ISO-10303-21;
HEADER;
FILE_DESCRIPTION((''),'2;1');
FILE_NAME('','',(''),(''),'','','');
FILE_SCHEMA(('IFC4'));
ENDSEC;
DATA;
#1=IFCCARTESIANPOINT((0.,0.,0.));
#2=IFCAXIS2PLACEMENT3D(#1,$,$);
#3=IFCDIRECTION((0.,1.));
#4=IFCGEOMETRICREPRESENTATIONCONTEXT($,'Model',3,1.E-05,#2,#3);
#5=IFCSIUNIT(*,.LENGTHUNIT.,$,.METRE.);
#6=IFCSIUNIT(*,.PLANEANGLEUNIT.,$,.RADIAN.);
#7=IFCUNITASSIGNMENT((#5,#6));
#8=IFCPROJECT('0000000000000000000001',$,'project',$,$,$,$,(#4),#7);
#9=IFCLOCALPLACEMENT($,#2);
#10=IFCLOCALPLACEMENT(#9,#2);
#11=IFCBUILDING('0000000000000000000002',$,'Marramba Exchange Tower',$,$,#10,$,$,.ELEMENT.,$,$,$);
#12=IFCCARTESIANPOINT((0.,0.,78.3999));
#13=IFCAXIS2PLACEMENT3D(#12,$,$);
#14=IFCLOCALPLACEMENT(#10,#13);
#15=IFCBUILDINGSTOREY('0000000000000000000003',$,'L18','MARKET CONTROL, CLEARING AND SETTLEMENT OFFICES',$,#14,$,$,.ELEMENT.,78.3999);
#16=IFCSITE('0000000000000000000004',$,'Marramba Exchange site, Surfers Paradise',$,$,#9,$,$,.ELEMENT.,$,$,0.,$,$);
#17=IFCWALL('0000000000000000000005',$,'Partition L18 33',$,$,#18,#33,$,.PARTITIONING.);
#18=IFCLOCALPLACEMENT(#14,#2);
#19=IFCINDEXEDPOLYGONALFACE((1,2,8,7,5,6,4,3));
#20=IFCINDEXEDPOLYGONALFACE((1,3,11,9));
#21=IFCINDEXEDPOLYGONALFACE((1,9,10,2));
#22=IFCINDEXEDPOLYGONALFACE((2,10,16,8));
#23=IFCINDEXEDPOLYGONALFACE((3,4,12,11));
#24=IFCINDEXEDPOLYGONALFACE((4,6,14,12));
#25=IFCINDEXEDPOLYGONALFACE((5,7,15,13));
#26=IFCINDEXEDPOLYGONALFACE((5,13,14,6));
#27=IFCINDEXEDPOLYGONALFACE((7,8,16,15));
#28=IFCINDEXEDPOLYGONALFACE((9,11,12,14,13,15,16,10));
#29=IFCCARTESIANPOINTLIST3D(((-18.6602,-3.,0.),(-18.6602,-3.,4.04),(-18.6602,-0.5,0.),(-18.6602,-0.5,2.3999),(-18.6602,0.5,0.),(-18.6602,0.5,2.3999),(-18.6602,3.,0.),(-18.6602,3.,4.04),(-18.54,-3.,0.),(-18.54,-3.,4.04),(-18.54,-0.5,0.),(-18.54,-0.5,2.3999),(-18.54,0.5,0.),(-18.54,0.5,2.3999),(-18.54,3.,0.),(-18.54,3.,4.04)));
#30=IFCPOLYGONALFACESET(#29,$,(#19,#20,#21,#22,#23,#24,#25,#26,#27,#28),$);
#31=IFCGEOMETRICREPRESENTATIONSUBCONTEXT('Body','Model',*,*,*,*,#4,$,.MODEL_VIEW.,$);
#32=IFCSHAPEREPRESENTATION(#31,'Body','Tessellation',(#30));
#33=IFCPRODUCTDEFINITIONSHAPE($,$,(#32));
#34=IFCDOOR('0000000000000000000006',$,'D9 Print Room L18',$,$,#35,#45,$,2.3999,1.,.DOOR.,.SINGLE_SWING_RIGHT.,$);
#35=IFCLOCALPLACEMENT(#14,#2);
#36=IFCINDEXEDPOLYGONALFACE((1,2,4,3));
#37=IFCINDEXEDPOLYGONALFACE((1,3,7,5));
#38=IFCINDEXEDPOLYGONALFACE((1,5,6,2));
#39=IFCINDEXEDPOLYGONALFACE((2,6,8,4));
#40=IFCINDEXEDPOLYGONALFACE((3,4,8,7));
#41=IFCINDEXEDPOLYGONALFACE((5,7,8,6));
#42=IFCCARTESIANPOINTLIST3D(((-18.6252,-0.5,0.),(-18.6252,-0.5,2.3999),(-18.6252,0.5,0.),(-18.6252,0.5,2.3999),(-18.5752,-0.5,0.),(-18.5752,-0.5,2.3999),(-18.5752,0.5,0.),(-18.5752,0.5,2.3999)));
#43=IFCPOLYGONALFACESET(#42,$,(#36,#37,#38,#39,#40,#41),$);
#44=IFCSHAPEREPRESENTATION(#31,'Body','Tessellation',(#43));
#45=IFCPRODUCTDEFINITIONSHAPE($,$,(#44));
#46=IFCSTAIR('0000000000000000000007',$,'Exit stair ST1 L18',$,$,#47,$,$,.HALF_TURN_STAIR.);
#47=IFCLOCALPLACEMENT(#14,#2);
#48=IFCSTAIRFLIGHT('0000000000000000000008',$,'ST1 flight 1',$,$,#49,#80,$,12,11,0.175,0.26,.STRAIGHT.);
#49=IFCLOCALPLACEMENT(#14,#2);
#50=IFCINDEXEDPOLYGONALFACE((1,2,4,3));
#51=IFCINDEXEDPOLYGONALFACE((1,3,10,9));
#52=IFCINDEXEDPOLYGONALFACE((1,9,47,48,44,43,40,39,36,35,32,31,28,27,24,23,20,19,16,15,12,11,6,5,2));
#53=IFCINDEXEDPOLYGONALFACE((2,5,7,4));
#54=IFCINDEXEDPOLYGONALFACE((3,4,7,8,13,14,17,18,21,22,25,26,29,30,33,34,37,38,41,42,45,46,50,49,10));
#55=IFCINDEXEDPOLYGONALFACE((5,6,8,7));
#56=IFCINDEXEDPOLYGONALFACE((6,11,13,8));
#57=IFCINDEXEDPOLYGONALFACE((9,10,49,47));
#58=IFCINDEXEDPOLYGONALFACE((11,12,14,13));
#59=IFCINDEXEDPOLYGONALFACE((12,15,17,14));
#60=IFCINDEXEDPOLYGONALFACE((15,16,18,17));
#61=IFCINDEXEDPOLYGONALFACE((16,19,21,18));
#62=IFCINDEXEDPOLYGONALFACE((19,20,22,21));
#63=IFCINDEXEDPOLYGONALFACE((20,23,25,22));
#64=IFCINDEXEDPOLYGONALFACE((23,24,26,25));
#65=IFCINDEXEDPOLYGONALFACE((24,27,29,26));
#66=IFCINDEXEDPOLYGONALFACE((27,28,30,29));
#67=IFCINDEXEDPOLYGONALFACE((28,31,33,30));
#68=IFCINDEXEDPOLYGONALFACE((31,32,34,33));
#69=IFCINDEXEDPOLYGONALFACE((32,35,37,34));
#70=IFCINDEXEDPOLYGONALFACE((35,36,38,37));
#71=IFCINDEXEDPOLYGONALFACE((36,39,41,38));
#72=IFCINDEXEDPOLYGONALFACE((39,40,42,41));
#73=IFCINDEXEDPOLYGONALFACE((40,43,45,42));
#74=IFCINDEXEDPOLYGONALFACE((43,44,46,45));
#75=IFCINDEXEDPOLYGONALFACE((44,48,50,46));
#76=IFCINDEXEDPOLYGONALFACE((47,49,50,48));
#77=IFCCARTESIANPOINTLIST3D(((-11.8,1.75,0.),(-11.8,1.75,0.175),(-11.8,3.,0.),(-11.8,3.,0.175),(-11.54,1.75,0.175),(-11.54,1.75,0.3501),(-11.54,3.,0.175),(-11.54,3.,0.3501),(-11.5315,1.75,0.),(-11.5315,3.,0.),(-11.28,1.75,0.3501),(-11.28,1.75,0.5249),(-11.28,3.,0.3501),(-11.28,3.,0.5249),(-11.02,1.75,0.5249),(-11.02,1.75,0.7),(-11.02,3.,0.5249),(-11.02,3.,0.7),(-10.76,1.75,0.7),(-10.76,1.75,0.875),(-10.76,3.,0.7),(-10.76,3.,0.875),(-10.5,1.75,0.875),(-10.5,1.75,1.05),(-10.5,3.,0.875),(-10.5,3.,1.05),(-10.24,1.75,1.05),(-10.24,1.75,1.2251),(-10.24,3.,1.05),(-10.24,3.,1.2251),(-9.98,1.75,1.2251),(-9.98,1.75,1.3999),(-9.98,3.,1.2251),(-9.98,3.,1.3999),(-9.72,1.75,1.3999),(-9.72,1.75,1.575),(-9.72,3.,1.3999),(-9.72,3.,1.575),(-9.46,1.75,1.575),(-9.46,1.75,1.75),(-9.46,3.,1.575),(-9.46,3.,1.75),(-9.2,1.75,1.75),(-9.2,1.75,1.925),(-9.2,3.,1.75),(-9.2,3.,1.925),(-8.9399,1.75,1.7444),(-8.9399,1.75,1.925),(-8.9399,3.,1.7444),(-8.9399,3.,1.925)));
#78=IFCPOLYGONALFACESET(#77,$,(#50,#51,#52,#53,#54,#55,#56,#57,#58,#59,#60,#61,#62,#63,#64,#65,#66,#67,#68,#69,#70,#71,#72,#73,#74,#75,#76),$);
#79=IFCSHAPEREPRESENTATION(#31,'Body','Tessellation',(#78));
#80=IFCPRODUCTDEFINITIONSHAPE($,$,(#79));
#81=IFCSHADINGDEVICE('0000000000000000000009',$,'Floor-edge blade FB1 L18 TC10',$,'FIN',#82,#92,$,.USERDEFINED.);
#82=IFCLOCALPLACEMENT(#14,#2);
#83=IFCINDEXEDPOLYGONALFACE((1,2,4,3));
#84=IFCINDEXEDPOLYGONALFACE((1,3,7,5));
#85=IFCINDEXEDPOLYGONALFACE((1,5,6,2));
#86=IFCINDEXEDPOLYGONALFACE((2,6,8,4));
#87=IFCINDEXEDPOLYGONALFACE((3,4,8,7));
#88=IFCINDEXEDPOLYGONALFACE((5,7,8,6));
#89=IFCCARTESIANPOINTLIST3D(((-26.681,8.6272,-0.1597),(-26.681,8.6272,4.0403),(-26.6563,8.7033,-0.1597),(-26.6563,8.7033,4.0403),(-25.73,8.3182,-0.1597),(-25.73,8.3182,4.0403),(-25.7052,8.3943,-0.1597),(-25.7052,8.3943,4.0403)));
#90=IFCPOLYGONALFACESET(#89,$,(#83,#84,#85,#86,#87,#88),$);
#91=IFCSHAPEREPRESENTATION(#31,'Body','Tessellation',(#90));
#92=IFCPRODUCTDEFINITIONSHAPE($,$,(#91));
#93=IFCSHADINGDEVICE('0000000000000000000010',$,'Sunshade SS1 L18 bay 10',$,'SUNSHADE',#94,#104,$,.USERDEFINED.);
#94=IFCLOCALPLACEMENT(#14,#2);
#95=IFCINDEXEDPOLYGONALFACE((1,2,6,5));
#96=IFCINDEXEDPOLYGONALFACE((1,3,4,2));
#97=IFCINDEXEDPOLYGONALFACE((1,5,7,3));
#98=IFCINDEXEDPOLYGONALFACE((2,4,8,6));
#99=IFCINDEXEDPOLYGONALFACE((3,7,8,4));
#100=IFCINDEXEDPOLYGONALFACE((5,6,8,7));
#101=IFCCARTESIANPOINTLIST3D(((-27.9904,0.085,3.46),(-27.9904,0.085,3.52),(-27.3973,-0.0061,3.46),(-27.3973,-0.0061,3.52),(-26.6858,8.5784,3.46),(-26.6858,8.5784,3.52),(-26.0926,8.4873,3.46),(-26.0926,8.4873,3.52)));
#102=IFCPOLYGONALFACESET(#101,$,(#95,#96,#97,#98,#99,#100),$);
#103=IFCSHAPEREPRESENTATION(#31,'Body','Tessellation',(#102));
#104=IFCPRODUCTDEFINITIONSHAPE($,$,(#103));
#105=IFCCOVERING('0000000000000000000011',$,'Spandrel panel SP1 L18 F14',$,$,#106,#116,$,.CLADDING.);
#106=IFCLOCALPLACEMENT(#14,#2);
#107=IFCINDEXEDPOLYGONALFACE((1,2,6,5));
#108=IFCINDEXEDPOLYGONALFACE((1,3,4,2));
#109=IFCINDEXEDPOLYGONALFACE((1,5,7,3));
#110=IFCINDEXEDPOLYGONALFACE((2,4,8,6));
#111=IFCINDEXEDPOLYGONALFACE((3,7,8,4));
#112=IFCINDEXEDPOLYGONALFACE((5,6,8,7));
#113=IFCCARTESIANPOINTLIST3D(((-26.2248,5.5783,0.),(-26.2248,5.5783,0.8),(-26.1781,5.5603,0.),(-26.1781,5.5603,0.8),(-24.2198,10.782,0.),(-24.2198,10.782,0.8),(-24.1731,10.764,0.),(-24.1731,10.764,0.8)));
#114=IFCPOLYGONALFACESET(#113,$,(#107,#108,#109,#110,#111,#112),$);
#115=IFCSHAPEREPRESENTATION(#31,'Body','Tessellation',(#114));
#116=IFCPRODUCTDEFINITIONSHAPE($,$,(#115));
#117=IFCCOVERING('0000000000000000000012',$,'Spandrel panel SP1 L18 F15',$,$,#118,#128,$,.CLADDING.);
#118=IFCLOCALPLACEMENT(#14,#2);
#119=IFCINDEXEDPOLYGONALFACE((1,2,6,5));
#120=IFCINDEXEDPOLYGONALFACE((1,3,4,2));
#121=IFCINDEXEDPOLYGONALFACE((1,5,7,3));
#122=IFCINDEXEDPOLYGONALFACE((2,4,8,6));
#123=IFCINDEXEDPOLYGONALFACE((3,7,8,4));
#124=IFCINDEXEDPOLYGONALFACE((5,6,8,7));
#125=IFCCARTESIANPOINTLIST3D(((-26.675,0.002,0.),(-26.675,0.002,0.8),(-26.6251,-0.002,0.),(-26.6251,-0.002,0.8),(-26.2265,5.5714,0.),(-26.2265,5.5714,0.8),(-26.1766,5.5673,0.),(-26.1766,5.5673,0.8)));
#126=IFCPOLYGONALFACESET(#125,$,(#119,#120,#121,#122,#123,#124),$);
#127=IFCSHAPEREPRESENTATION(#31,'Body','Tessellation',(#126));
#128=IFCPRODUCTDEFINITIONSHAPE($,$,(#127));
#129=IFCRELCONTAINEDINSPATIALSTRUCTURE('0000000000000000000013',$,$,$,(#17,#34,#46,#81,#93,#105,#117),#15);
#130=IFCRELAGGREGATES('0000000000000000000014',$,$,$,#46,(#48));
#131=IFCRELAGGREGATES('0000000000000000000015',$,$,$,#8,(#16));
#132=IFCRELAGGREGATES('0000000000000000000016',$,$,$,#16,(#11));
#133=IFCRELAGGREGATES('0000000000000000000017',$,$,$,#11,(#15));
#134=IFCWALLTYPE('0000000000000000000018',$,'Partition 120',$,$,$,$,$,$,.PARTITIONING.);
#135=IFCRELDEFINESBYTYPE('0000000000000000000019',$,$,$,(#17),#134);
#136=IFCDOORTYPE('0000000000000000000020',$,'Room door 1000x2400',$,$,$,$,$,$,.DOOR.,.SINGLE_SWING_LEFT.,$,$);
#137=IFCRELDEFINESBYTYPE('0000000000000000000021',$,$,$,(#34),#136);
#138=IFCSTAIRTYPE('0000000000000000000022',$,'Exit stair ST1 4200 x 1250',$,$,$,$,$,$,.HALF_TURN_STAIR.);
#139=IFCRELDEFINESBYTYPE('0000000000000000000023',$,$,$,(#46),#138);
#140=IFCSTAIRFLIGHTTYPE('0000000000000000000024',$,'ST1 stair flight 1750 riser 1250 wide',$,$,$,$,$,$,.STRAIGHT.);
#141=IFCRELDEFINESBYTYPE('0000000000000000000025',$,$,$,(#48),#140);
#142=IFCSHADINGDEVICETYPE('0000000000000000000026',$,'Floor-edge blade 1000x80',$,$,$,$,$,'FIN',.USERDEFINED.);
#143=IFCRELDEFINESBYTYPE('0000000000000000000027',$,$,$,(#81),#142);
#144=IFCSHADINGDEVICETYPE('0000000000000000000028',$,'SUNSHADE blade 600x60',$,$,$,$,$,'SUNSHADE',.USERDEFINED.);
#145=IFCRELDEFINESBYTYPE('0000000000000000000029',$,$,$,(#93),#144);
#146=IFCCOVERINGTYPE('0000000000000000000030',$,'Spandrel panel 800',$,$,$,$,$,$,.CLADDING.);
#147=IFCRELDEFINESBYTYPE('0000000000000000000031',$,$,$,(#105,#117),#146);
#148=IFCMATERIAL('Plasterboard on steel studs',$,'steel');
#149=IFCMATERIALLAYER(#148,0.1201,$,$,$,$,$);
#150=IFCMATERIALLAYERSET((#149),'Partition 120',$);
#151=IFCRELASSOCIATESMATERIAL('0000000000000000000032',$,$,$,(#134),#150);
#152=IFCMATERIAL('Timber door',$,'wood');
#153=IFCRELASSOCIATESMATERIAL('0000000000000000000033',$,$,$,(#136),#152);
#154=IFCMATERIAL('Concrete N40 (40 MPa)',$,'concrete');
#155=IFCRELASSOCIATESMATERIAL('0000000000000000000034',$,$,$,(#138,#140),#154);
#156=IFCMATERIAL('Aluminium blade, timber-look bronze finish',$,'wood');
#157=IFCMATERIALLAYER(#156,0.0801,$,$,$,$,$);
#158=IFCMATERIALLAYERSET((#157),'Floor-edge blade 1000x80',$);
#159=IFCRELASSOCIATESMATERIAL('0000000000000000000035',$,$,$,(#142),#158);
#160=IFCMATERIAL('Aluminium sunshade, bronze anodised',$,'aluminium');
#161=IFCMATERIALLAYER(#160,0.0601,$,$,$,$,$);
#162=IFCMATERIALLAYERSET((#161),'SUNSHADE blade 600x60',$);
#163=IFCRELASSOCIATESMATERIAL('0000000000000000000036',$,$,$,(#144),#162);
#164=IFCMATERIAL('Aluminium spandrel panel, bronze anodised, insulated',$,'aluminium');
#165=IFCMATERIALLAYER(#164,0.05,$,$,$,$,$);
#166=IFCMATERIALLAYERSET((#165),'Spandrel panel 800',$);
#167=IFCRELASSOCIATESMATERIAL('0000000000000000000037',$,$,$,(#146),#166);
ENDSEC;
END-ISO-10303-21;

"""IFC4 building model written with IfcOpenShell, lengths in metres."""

from ifc_helpers import new_model, si_unit, direction, frame, frame_2d, origin, origin_2d, place, context, subcontext, project, spatial, polyline, rectangle, outline, extrude, material, layer, layer_set, type_object, element, fill, aggregate, save


model = new_model("IFC4")

# Units and contexts
model_context = context("Model", 3, precision=1e-05, world=origin(), true_north=direction((0.0, 1.0)))
body_context = subcontext(model_context, "Body", "Model", "MODEL_VIEW")
ifc_project = project(units=[si_unit("LENGTHUNIT", "METRE"), si_unit("PLANEANGLEUNIT", "RADIAN")], contexts=[model_context])

# Site, building, storey
site_placement = place(None, origin())
site = spatial("IfcSite", under=ifc_project, at=site_placement, Name="Marramba Exchange site, Surfers Paradise", CompositionType="ELEMENT", RefElevation=0.0)
building_placement = place(site_placement, origin())
building = spatial("IfcBuilding", under=site, at=building_placement, Name="Marramba Exchange Tower", CompositionType="ELEMENT")
storey_placement = place(building_placement, frame((0.0, 0.0, 78.3999)))
storey = spatial("IfcBuildingStorey", under=building, at=storey_placement, Name="L18", Description="MARKET CONTROL, CLEARING AND SETTLEMENT OFFICES", CompositionType="ELEMENT", Elevation=78.3999)

# Shared definitions
ifc_material_1 = material(Name="Plasterboard on steel studs", Category="steel")
ifc_layer_1 = layer(ifc_material_1, 0.1201)
ifc_layer_set_1 = layer_set([ifc_layer_1], Name="Partition 120")
wall_type_1 = type_object("IfcWallType", Name="Partition 120", PredefinedType="PARTITIONING", material=ifc_layer_set_1)

# Wall, opening, door
wall_1_placement = place(storey_placement, frame((-18.6001, 3.0, 0.0), z_axis=(0.0, 0.0, 1.0), x_axis=(0.0, -1.0, 0.0)))
wall_1 = element("IfcWall", 1, at=wall_1_placement, inside=storey, type_object=wall_type_1, Name="Partition L18 33", PredefinedType="PARTITIONING", context=body_context, shape_type="SweptSolid", body=[
    extrude(rectangle(XDim=6.0, YDim=0.1201, at=frame_2d((3.0, 0.0))), origin(), (0.0, 0.0, 1.0), 4.04),
])
opening_1_placement = place(wall_1_placement, frame((2.5, 0.0, 0.0)))
opening_1 = element("IfcOpeningElement", 2, at=opening_1_placement, cuts=wall_1, PredefinedType="OPENING", context=body_context, shape_type="SweptSolid", body=[
    extrude(rectangle(XDim=1.0, YDim=2.3999, at=frame_2d((0.5, 1.2))), frame((0.0, 0.0701, 0.0), z_axis=(0.0, -1.0, 0.0), x_axis=(1.0, 0.0, 0.0)), (0.0, 0.0, 1.0), 0.1401),
])
ifc_material_2 = material(Name="Timber door", Category="wood")
door_type_1 = type_object("IfcDoorType", Name="Room door 1000x2400", OperationType="SINGLE_SWING_LEFT", PredefinedType="DOOR", material=ifc_material_2)
door_1_placement = place(opening_1_placement, origin())
door_1 = element("IfcDoor", 3, at=door_1_placement, inside=storey, type_object=door_type_1, Name="D9 Print Room L18", OperationType="SINGLE_SWING_RIGHT", OverallHeight=2.3999, OverallWidth=1.0, PredefinedType="DOOR", context=body_context, shape_type="SweptSolid", body=[
    extrude(rectangle(XDim=1.0, YDim=2.3999, at=frame_2d((0.5, 1.2))), frame((0.0, 0.0249, 0.0), z_axis=(0.0, -1.0, 0.0), x_axis=(1.0, 0.0, 0.0)), (0.0, 0.0, 1.0), 0.05),
])
fill(opening_1, door_1)

# Stair, stair flight
ifc_material_3 = material(Name="Concrete N40 (40 MPa)", Category="concrete")
stair_type = type_object("IfcStairType", Name="Exit stair ST1 4200 x 1250", PredefinedType="HALF_TURN_STAIR", material=ifc_material_3)
stair_placement = place(storey_placement, origin())
stair = element("IfcStair", 4, at=stair_placement, inside=storey, type_object=stair_type, Name="Exit stair ST1 L18", PredefinedType="HALF_TURN_STAIR")
stair_flight_type = type_object("IfcStairFlightType", Name="ST1 stair flight 1750 riser 1250 wide", PredefinedType="STRAIGHT", material=ifc_material_3)
stair_flight_placement = place(storey_placement, frame((-11.8, 2.375, 0.0), z_axis=(0.0, 0.0, 1.0), x_axis=(1.0, 0.0, 0.0)))
stair_flight = element("IfcStairFlight", 5, at=stair_flight_placement, type_object=stair_flight_type, Name="ST1 flight 1", NumberOfRisers=12, NumberOfTreads=11, PredefinedType="STRAIGHT", RiserHeight=0.175, TreadLength=0.26, context=body_context, shape_type="SweptSolid", body=[
    extrude(outline(polyline([(0.0, 0.0), (0.0, 0.175), (0.26, 0.175), (0.26, 0.3501), (0.52, 0.3501), (0.52, 0.5249), (0.78, 0.5249), (0.78, 0.7), (1.04, 0.7), (1.04, 0.875), (1.3, 0.875), (1.3, 1.05), (1.5601, 1.05), (1.5601, 1.2251), (1.8201, 1.2251), (1.8201, 1.3999), (2.0801, 1.3999), (2.0801, 1.575), (2.3401, 1.575), (2.3401, 1.75), (2.6001, 1.75), (2.6001, 1.925), (2.8601, 1.925), (2.8601, 2.1001), (2.8601, 1.7444), (0.2686, 0.0), (0.0, 0.0)])), frame((0.0, 0.625, 0.0), z_axis=(0.0, -1.0, 0.0), x_axis=(1.0, 0.0, 0.0)), (0.0, 0.0, 1.0), 1.25),
])
aggregate(stair, [stair_flight])

# Shading devices
ifc_material_4 = material(Name="Aluminium blade, timber-look bronze finish", Category="wood")
ifc_layer_2 = layer(ifc_material_4, 0.0801)
ifc_layer_set_2 = layer_set([ifc_layer_2], Name="Floor-edge blade 1000x80")
shading_device_type_1 = type_object("IfcShadingDeviceType", Name="Floor-edge blade 1000x80", ElementType="FIN", PredefinedType="USERDEFINED", material=ifc_layer_set_2)
shading_device_1_placement = place(storey_placement, frame((-26.1931, 8.5107, -0.1597), z_axis=(0.0, 0.0, 1.0), x_axis=(-0.951057, 0.309017, 0.0)))
element("IfcShadingDevice", 6, at=shading_device_1_placement, inside=storey, type_object=shading_device_type_1, Name="Floor-edge blade FB1 L18 TC10", ObjectType="FIN", PredefinedType="USERDEFINED", context=body_context, shape_type="SweptSolid", body=[
    extrude(rectangle(XDim=1.0, YDim=0.0801, at=origin_2d()), origin(), (0.0, 0.0, 1.0), 4.2),
])
ifc_material_5 = material(Name="Aluminium sunshade, bronze anodised", Category="aluminium")
ifc_layer_3 = layer(ifc_material_5, 0.0601)
ifc_layer_set_3 = layer_set([ifc_layer_3], Name="SUNSHADE blade 600x60")
shading_device_type_2 = type_object("IfcShadingDeviceType", Name="SUNSHADE blade 600x60", ElementType="SUNSHADE", PredefinedType="USERDEFINED", material=ifc_layer_set_3)
shading_device_2_placement = place(storey_placement, frame((-27.0415, 4.2861, 3.46), z_axis=(0.0, 0.0, 1.0), x_axis=(-0.151825, -0.988407, 0.0)))
element("IfcShadingDevice", 7, at=shading_device_2_placement, inside=storey, type_object=shading_device_type_2, Name="Sunshade SS1 L18 bay 10", ObjectType="SUNSHADE", PredefinedType="USERDEFINED", context=body_context, shape_type="SweptSolid", body=[
    extrude(rectangle(XDim=8.593, YDim=0.6001, at=origin_2d()), origin(), (0.0, 0.0, 1.0), 0.0601),
])

# Coverings
ifc_material_6 = material(Name="Aluminium spandrel panel, bronze anodised, insulated", Category="aluminium")
ifc_layer_4 = layer(ifc_material_6, 0.05)
ifc_layer_set_4 = layer_set([ifc_layer_4], Name="Spandrel panel 800")
covering_type = type_object("IfcCoveringType", Name="Spandrel panel 800", PredefinedType="CLADDING", material=ifc_layer_set_4)
covering_1_placement = place(storey_placement, frame((-25.199, 8.1711, 0.0), z_axis=(0.0, 0.0, 1.0), x_axis=(-0.359526, -0.933135, 0.0)))
element("IfcCovering", 8, at=covering_1_placement, inside=storey, type_object=covering_type, Name="Spandrel panel SP1 L18 F14", PredefinedType="CLADDING", context=body_context, shape_type="SweptSolid", body=[
    extrude(rectangle(XDim=5.5767, YDim=0.05, at=origin_2d()), origin(), (0.0, 0.0, 1.0), 0.8),
])
covering_2_placement = place(storey_placement, frame((-26.4258, 2.7847, 0.0), z_axis=(0.0, 0.0, 1.0), x_axis=(-0.080275, -0.996773, 0.0)))
element("IfcCovering", 9, at=covering_2_placement, inside=storey, type_object=covering_type, Name="Spandrel panel SP1 L18 F15", PredefinedType="CLADDING", context=body_context, shape_type="SweptSolid", body=[
    extrude(rectangle(XDim=5.5874, YDim=0.05, at=origin_2d()), origin(), (0.0, 0.0, 1.0), 0.8),
])

save(model, "model.ifc")
